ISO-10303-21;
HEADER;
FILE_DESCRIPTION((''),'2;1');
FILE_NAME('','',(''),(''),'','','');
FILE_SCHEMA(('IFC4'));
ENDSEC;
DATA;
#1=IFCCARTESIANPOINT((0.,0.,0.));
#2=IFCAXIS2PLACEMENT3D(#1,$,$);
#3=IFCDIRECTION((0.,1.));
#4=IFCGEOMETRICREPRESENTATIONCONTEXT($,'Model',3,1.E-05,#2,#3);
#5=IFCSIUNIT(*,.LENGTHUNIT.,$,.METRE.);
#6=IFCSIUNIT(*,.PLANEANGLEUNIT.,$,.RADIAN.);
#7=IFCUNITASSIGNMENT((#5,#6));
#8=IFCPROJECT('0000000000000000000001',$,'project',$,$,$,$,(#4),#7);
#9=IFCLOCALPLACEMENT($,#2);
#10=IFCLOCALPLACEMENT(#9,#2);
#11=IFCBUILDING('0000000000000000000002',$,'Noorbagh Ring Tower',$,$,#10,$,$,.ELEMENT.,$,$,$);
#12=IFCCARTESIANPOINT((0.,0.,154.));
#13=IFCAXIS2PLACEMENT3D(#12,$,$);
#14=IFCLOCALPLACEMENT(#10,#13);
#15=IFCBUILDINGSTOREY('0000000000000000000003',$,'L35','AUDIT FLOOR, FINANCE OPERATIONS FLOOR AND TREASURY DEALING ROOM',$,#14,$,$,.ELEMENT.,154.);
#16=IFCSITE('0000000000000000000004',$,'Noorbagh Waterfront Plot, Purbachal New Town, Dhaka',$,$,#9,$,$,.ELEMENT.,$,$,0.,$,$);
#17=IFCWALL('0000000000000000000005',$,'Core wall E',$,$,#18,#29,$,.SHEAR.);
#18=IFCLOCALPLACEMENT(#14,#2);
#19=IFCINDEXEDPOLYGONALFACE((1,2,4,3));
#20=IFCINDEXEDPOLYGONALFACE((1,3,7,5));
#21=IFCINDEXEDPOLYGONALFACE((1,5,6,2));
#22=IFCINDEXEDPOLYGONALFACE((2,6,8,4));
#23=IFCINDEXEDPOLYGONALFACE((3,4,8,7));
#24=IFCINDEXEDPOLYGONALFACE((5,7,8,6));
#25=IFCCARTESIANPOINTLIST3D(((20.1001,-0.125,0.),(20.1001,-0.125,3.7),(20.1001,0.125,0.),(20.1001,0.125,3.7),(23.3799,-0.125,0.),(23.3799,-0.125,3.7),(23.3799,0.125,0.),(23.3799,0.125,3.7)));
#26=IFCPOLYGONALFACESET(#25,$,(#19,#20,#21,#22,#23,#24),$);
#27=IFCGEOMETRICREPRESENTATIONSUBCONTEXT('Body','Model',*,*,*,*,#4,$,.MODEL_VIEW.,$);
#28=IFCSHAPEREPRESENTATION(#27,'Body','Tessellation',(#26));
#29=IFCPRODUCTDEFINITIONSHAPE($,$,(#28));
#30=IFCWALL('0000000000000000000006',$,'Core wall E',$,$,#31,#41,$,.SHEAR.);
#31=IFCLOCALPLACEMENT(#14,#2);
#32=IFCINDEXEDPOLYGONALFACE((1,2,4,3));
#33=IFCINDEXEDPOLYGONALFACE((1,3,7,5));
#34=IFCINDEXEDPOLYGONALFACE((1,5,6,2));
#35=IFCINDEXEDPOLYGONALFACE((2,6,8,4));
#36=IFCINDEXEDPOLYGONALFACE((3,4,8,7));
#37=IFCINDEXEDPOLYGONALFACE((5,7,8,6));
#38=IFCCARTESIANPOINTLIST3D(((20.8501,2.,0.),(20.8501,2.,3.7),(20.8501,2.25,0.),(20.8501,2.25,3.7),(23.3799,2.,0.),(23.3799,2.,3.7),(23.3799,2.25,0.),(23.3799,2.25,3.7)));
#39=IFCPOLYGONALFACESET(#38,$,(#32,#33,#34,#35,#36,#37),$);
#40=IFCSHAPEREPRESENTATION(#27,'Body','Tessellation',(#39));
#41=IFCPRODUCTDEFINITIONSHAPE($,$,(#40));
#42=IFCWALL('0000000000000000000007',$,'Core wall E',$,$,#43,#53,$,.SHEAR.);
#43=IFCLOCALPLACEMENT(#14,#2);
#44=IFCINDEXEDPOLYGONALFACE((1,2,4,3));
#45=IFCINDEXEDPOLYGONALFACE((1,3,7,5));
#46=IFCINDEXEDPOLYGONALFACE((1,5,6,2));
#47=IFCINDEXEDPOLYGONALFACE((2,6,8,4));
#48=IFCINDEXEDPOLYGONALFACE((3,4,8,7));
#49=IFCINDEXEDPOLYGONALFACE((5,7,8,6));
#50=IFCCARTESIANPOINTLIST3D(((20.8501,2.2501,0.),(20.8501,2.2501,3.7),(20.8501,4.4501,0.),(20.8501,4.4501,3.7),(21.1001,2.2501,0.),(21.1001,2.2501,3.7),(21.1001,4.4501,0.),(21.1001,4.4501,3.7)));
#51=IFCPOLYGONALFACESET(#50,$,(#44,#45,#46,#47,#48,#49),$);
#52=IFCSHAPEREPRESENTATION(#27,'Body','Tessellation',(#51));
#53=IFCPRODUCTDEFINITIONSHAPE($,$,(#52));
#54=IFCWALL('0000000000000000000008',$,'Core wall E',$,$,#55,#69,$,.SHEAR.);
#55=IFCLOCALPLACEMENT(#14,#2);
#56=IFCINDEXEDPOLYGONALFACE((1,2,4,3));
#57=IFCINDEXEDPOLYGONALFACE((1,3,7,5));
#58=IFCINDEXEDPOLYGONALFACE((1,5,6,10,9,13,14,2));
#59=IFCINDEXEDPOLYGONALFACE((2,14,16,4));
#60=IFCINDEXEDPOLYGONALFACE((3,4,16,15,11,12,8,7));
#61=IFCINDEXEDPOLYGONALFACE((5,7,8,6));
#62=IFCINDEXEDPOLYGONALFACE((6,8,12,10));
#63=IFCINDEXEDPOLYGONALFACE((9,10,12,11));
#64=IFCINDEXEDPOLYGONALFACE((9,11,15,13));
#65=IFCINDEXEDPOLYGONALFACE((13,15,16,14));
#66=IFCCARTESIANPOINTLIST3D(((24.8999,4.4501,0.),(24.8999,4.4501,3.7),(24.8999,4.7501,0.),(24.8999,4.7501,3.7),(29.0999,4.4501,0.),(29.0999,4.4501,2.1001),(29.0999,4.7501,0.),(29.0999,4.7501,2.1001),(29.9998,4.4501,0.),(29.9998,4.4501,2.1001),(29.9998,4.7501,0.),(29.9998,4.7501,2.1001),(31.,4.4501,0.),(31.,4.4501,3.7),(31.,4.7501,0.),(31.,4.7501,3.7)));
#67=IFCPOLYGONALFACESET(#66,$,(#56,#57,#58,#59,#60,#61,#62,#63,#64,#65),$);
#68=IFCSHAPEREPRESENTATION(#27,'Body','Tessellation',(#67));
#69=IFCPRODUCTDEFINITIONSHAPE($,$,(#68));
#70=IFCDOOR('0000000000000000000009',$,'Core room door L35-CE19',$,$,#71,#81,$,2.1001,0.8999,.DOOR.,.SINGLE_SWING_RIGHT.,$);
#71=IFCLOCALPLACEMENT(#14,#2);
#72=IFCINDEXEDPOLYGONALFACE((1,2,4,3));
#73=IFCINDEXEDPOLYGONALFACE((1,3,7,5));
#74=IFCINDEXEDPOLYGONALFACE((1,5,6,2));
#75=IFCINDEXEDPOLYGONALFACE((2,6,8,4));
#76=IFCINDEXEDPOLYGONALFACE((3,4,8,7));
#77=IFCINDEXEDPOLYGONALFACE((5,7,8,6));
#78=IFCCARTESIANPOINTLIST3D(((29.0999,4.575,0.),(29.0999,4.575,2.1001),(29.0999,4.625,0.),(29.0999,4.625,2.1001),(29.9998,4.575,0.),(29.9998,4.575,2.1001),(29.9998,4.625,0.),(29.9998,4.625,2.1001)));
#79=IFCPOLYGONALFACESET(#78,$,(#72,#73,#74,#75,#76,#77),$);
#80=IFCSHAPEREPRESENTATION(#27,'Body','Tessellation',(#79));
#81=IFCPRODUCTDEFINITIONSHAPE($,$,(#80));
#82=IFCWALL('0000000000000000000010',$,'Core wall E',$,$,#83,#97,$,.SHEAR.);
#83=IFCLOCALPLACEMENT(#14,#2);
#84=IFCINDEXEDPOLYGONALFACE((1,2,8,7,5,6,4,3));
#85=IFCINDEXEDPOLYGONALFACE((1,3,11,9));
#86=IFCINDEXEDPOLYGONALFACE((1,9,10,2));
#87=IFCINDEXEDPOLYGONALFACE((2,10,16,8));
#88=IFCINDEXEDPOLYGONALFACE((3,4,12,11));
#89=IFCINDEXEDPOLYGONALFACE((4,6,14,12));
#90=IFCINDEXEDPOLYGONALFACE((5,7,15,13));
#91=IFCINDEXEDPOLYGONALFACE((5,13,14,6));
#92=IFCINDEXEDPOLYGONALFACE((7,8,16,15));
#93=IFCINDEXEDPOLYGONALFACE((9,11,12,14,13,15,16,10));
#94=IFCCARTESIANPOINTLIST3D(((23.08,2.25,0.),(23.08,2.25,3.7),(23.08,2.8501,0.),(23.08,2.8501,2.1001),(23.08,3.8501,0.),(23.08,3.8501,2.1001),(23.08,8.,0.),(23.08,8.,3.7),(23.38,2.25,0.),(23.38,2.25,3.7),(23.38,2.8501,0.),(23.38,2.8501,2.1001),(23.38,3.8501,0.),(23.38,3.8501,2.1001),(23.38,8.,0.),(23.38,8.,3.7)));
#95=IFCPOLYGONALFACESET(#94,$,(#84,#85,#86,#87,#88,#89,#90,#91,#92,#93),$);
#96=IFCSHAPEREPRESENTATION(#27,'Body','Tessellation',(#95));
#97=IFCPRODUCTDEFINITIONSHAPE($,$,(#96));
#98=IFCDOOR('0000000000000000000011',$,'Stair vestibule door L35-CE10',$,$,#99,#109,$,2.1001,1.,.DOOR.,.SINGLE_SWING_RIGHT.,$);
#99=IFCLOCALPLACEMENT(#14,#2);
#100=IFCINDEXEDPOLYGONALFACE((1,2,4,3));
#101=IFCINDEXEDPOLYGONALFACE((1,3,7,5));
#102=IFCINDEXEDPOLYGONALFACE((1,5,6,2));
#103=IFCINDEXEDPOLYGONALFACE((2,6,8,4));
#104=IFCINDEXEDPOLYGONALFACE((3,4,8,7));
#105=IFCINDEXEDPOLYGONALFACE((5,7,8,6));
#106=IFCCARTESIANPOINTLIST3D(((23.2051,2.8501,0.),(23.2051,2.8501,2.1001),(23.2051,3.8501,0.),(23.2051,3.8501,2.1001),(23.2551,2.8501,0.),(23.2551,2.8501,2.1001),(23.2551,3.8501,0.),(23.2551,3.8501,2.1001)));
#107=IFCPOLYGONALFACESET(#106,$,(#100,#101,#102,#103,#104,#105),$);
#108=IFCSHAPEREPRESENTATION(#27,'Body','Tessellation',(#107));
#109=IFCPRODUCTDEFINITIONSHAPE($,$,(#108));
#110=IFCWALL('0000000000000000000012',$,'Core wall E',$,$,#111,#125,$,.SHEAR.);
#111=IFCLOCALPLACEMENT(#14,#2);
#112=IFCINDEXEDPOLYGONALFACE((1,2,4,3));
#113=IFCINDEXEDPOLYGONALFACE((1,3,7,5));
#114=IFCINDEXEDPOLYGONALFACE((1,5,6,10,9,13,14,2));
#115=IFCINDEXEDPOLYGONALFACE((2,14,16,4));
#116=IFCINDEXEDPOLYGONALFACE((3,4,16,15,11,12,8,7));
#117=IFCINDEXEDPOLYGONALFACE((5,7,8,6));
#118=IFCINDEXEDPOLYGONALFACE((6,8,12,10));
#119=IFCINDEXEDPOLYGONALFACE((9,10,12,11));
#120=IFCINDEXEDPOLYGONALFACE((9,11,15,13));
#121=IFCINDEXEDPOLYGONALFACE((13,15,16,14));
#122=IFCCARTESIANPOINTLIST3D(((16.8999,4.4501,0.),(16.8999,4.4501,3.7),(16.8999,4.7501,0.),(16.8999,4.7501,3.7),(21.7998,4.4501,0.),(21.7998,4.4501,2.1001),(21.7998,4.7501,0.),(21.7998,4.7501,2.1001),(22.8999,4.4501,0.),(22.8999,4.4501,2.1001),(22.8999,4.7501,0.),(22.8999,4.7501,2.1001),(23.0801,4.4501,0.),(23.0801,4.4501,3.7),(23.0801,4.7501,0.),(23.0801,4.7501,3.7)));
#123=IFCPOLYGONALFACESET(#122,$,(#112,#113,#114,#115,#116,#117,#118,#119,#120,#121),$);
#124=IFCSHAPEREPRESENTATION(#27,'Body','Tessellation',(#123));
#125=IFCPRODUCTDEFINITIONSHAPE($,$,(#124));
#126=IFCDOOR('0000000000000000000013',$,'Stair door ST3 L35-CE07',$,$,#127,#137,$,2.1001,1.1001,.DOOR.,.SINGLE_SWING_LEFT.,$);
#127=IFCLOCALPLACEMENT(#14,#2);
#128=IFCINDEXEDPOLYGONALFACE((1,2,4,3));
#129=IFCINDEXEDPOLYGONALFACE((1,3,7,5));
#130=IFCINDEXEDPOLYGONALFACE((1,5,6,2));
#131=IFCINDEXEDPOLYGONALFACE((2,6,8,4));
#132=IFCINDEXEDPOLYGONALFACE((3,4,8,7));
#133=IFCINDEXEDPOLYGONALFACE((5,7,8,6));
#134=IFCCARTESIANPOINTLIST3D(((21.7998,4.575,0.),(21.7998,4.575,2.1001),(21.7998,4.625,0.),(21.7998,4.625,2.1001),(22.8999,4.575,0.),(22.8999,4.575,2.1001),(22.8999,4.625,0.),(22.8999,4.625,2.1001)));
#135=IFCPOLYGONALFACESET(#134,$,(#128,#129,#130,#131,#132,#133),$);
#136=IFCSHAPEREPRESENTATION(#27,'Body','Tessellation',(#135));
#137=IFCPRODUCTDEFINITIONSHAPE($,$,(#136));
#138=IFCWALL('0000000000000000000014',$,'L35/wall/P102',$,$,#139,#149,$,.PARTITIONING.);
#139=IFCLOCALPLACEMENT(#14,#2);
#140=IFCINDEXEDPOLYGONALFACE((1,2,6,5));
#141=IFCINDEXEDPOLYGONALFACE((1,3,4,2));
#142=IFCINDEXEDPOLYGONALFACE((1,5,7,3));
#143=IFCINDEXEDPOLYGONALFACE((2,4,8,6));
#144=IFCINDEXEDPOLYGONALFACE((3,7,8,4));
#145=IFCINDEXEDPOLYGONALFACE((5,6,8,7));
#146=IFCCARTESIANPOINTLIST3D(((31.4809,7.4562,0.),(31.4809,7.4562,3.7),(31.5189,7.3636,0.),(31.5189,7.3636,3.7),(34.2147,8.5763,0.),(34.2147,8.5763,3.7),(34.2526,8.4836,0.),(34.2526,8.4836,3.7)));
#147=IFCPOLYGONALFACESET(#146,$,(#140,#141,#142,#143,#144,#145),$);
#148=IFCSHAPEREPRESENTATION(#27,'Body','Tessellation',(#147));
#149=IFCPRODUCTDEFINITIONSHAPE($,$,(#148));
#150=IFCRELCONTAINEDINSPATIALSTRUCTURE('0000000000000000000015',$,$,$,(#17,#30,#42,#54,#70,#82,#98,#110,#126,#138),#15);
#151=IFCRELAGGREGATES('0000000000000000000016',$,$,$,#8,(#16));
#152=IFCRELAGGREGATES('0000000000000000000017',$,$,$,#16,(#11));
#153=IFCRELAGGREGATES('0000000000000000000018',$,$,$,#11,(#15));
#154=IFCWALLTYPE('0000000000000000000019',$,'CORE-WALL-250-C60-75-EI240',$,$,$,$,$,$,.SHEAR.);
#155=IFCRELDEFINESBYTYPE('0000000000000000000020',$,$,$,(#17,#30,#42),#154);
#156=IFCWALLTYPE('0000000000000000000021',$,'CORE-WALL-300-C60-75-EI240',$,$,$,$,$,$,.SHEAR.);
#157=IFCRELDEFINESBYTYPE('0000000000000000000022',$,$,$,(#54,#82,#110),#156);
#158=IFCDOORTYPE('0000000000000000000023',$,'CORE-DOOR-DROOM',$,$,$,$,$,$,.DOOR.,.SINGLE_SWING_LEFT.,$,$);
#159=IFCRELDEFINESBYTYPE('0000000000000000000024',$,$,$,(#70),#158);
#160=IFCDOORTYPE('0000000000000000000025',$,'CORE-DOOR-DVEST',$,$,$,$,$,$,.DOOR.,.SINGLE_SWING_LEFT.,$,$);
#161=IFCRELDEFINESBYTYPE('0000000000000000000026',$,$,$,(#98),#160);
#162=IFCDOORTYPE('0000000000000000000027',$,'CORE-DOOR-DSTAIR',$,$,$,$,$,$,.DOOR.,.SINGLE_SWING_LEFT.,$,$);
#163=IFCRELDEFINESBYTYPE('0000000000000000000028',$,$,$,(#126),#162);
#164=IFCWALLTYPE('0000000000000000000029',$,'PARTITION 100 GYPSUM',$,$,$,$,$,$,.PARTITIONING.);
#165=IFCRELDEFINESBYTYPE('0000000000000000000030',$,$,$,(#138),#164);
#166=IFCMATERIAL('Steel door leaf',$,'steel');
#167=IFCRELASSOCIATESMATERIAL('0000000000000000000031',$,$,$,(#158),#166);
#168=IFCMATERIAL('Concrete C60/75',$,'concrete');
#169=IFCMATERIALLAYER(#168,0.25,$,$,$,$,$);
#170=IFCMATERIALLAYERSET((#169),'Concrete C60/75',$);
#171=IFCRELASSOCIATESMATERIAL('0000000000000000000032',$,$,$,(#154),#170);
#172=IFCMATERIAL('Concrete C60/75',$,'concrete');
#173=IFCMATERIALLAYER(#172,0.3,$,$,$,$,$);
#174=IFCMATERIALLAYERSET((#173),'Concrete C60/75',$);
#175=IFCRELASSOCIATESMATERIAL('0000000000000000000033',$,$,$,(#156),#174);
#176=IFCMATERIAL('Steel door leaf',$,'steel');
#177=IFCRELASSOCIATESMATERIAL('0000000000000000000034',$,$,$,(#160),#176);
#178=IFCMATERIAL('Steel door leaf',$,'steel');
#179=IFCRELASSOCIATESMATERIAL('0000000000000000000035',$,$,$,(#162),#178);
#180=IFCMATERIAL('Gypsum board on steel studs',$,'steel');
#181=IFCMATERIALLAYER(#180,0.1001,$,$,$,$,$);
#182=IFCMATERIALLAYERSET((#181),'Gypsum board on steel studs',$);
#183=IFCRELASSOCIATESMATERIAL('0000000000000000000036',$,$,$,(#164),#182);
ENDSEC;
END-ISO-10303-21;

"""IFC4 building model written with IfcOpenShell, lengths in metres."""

from ifc_helpers import new_model, si_unit, direction, frame, frame_2d, origin, place, context, subcontext, project, spatial, rectangle, extrude, material, layer, layer_set, type_object, element, fill, save


model = new_model("IFC4")

# Units and contexts
model_context = context("Model", 3, precision=1e-05, world=origin(), true_north=direction((0.0, 1.0)))
body_context = subcontext(model_context, "Body", "Model", "MODEL_VIEW")
ifc_project = project(units=[si_unit("LENGTHUNIT", "METRE"), si_unit("PLANEANGLEUNIT", "RADIAN")], contexts=[model_context])

# Site, building, storey
site_placement = place(None, origin())
site = spatial("IfcSite", under=ifc_project, at=site_placement, Name="Noorbagh Waterfront Plot, Purbachal New Town, Dhaka", CompositionType="ELEMENT", RefElevation=0.0)
building_placement = place(site_placement, origin())
building = spatial("IfcBuilding", under=site, at=building_placement, Name="Noorbagh Ring Tower", CompositionType="ELEMENT")
storey_placement = place(building_placement, frame((0.0, 0.0, 154.0)))
storey = spatial("IfcBuildingStorey", under=building, at=storey_placement, Name="L35", Description="AUDIT FLOOR, FINANCE OPERATIONS FLOOR AND TREASURY DEALING ROOM", CompositionType="ELEMENT", Elevation=154.0)

# Shared definitions
ifc_material_1 = material(Name="Steel door leaf", Category="steel")
door_type_1 = type_object("IfcDoorType", Name="CORE-DOOR-DROOM", OperationType="SINGLE_SWING_LEFT", PredefinedType="DOOR", material=ifc_material_1)

# Walls
ifc_material_2 = material(Name="Concrete C60/75", Category="concrete")
ifc_layer_1 = layer(ifc_material_2, 0.25)
ifc_layer_set_1 = layer_set([ifc_layer_1], Name="Concrete C60/75")
wall_type_1 = type_object("IfcWallType", Name="CORE-WALL-250-C60-75-EI240", PredefinedType="SHEAR", material=ifc_layer_set_1)
wall_1_placement = place(storey_placement, frame((20.1001, 0.0, 0.0), z_axis=(0.0, 0.0, 1.0), x_axis=(1.0, 0.0, 0.0)))
element("IfcWall", 1, at=wall_1_placement, inside=storey, type_object=wall_type_1, Name="Core wall E", PredefinedType="SHEAR", context=body_context, shape_type="SweptSolid", body=[
    extrude(rectangle(XDim=3.2798, YDim=0.25, at=frame_2d((1.6399, 0.0))), origin(), (0.0, 0.0, 1.0), 3.7),
])
wall_2_placement = place(storey_placement, frame((20.8501, 2.125, 0.0), z_axis=(0.0, 0.0, 1.0), x_axis=(1.0, 0.0, 0.0)))
element("IfcWall", 2, at=wall_2_placement, inside=storey, type_object=wall_type_1, Name="Core wall E", PredefinedType="SHEAR", context=body_context, shape_type="SweptSolid", body=[
    extrude(rectangle(XDim=2.5298, YDim=0.25, at=frame_2d((1.2649, 0.0))), origin(), (0.0, 0.0, 1.0), 3.7),
])
wall_3_placement = place(storey_placement, frame((20.9751, 2.25, 0.0), z_axis=(0.0, 0.0, 1.0), x_axis=(0.0, 1.0, 0.0)))
element("IfcWall", 3, at=wall_3_placement, inside=storey, type_object=wall_type_1, Name="Core wall E", PredefinedType="SHEAR", context=body_context, shape_type="SweptSolid", body=[
    extrude(rectangle(XDim=2.2, YDim=0.25, at=frame_2d((1.1001, 0.0))), origin(), (0.0, 0.0, 1.0), 3.7),
])

# Walls, openings, doors
ifc_material_3 = material(Name="Concrete C60/75", Category="concrete")
ifc_layer_2 = layer(ifc_material_3, 0.3)
ifc_layer_set_2 = layer_set([ifc_layer_2], Name="Concrete C60/75")
wall_type_2 = type_object("IfcWallType", Name="CORE-WALL-300-C60-75-EI240", PredefinedType="SHEAR", material=ifc_layer_set_2)
wall_4_placement = place(storey_placement, frame((24.8999, 4.6001, 0.0), z_axis=(0.0, 0.0, 1.0), x_axis=(1.0, 0.0, 0.0)))
wall_4 = element("IfcWall", 4, at=wall_4_placement, inside=storey, type_object=wall_type_2, Name="Core wall E", PredefinedType="SHEAR", context=body_context, shape_type="SweptSolid", body=[
    extrude(rectangle(XDim=6.1001, YDim=0.3, at=frame_2d((3.05, 0.0))), origin(), (0.0, 0.0, 1.0), 3.7),
])
opening_1_placement = place(wall_4_placement, frame((4.2, 0.0, 0.0)))
opening_1 = element("IfcOpeningElement", 5, at=opening_1_placement, cuts=wall_4, PredefinedType="OPENING", context=body_context, shape_type="SweptSolid", body=[
    extrude(rectangle(XDim=0.8999, YDim=2.1001, at=frame_2d((0.45, 1.05))), frame((0.0, 0.1602, 0.0), z_axis=(0.0, -1.0, 0.0), x_axis=(1.0, 0.0, 0.0)), (0.0, 0.0, 1.0), 0.3201),
])
door_1_placement = place(opening_1_placement, origin())
door_1 = element("IfcDoor", 6, at=door_1_placement, inside=storey, type_object=door_type_1, Name="Core room door L35-CE19", OperationType="SINGLE_SWING_RIGHT", OverallHeight=2.1001, OverallWidth=0.8999, PredefinedType="DOOR", context=body_context, shape_type="SweptSolid", body=[
    extrude(rectangle(XDim=0.8999, YDim=2.1001, at=frame_2d((0.45, 1.05))), frame((0.0, 0.0249, 0.0), z_axis=(0.0, -1.0, 0.0), x_axis=(1.0, 0.0, 0.0)), (0.0, 0.0, 1.0), 0.05),
])
fill(opening_1, door_1)
wall_5_placement = place(storey_placement, frame((23.23, 2.25, 0.0), z_axis=(0.0, 0.0, 1.0), x_axis=(0.0, 1.0, 0.0)))
wall_5 = element("IfcWall", 7, at=wall_5_placement, inside=storey, type_object=wall_type_2, Name="Core wall E", PredefinedType="SHEAR", context=body_context, shape_type="SweptSolid", body=[
    extrude(rectangle(XDim=5.75, YDim=0.3, at=frame_2d((2.875, 0.0))), origin(), (0.0, 0.0, 1.0), 3.7),
])
opening_2_placement = place(wall_5_placement, frame((0.6001, 0.0, 0.0)))
opening_2 = element("IfcOpeningElement", 8, at=opening_2_placement, cuts=wall_5, PredefinedType="OPENING", context=body_context, shape_type="SweptSolid", body=[
    extrude(rectangle(XDim=1.0, YDim=2.1001, at=frame_2d((0.5, 1.05))), frame((0.0, 0.1602, 0.0), z_axis=(0.0, -1.0, 0.0), x_axis=(1.0, 0.0, 0.0)), (0.0, 0.0, 1.0), 0.3201),
])
ifc_material_4 = material(Name="Steel door leaf", Category="steel")
door_type_2 = type_object("IfcDoorType", Name="CORE-DOOR-DVEST", OperationType="SINGLE_SWING_LEFT", PredefinedType="DOOR", material=ifc_material_4)
door_2_placement = place(opening_2_placement, origin())
door_2 = element("IfcDoor", 9, at=door_2_placement, inside=storey, type_object=door_type_2, Name="Stair vestibule door L35-CE10", OperationType="SINGLE_SWING_RIGHT", OverallHeight=2.1001, OverallWidth=1.0, PredefinedType="DOOR", context=body_context, shape_type="SweptSolid", body=[
    extrude(rectangle(XDim=1.0, YDim=2.1001, at=frame_2d((0.5, 1.05))), frame((0.0, 0.0249, 0.0), z_axis=(0.0, -1.0, 0.0), x_axis=(1.0, 0.0, 0.0)), (0.0, 0.0, 1.0), 0.05),
])
fill(opening_2, door_2)
wall_6_placement = place(storey_placement, frame((16.8999, 4.6001, 0.0), z_axis=(0.0, 0.0, 1.0), x_axis=(1.0, 0.0, 0.0)))
wall_6 = element("IfcWall", 10, at=wall_6_placement, inside=storey, type_object=wall_type_2, Name="Core wall E", PredefinedType="SHEAR", context=body_context, shape_type="SweptSolid", body=[
    extrude(rectangle(XDim=6.1802, YDim=0.3, at=frame_2d((3.0901, 0.0))), origin(), (0.0, 0.0, 1.0), 3.7),
])
opening_3_placement = place(wall_6_placement, frame((4.8999, 0.0, 0.0)))
opening_3 = element("IfcOpeningElement", 11, at=opening_3_placement, cuts=wall_6, PredefinedType="OPENING", context=body_context, shape_type="SweptSolid", body=[
    extrude(rectangle(XDim=1.1001, YDim=2.1001, at=frame_2d((0.55, 1.05))), frame((0.0, 0.1602, 0.0), z_axis=(0.0, -1.0, 0.0), x_axis=(1.0, 0.0, 0.0)), (0.0, 0.0, 1.0), 0.3201),
])
ifc_material_5 = material(Name="Steel door leaf", Category="steel")
door_type_3 = type_object("IfcDoorType", Name="CORE-DOOR-DSTAIR", OperationType="SINGLE_SWING_LEFT", PredefinedType="DOOR", material=ifc_material_5)
door_3_placement = place(opening_3_placement, origin())
door_3 = element("IfcDoor", 12, at=door_3_placement, inside=storey, type_object=door_type_3, Name="Stair door ST3 L35-CE07", OperationType="SINGLE_SWING_LEFT", OverallHeight=2.1001, OverallWidth=1.1001, PredefinedType="DOOR", context=body_context, shape_type="SweptSolid", body=[
    extrude(rectangle(XDim=1.1001, YDim=2.1001, at=frame_2d((0.55, 1.05))), frame((0.0, 0.0249, 0.0), z_axis=(0.0, -1.0, 0.0), x_axis=(1.0, 0.0, 0.0)), (0.0, 0.0, 1.0), 0.05),
])
fill(opening_3, door_3)

# Wall
ifc_material_6 = material(Name="Gypsum board on steel studs", Category="steel")
ifc_layer_3 = layer(ifc_material_6, 0.1001)
ifc_layer_set_3 = layer_set([ifc_layer_3], Name="Gypsum board on steel studs")
wall_type_3 = type_object("IfcWallType", Name="PARTITION 100 GYPSUM", PredefinedType="PARTITIONING", material=ifc_layer_set_3)
wall_7_placement = place(storey_placement, frame((31.5, 7.4099, 0.0), z_axis=(0.0, 0.0, 1.0), x_axis=(0.925344, 0.379128, 0.0)))
element("IfcWall", 13, at=wall_7_placement, inside=storey, type_object=wall_type_3, Name="L35/wall/P102", PredefinedType="PARTITIONING", context=body_context, shape_type="SweptSolid", body=[
    extrude(rectangle(XDim=2.9543, YDim=0.1001, at=frame_2d((1.4771, 0.0))), origin(), (0.0, 0.0, 1.0), 3.7),
])

save(model, "model.ifc")
